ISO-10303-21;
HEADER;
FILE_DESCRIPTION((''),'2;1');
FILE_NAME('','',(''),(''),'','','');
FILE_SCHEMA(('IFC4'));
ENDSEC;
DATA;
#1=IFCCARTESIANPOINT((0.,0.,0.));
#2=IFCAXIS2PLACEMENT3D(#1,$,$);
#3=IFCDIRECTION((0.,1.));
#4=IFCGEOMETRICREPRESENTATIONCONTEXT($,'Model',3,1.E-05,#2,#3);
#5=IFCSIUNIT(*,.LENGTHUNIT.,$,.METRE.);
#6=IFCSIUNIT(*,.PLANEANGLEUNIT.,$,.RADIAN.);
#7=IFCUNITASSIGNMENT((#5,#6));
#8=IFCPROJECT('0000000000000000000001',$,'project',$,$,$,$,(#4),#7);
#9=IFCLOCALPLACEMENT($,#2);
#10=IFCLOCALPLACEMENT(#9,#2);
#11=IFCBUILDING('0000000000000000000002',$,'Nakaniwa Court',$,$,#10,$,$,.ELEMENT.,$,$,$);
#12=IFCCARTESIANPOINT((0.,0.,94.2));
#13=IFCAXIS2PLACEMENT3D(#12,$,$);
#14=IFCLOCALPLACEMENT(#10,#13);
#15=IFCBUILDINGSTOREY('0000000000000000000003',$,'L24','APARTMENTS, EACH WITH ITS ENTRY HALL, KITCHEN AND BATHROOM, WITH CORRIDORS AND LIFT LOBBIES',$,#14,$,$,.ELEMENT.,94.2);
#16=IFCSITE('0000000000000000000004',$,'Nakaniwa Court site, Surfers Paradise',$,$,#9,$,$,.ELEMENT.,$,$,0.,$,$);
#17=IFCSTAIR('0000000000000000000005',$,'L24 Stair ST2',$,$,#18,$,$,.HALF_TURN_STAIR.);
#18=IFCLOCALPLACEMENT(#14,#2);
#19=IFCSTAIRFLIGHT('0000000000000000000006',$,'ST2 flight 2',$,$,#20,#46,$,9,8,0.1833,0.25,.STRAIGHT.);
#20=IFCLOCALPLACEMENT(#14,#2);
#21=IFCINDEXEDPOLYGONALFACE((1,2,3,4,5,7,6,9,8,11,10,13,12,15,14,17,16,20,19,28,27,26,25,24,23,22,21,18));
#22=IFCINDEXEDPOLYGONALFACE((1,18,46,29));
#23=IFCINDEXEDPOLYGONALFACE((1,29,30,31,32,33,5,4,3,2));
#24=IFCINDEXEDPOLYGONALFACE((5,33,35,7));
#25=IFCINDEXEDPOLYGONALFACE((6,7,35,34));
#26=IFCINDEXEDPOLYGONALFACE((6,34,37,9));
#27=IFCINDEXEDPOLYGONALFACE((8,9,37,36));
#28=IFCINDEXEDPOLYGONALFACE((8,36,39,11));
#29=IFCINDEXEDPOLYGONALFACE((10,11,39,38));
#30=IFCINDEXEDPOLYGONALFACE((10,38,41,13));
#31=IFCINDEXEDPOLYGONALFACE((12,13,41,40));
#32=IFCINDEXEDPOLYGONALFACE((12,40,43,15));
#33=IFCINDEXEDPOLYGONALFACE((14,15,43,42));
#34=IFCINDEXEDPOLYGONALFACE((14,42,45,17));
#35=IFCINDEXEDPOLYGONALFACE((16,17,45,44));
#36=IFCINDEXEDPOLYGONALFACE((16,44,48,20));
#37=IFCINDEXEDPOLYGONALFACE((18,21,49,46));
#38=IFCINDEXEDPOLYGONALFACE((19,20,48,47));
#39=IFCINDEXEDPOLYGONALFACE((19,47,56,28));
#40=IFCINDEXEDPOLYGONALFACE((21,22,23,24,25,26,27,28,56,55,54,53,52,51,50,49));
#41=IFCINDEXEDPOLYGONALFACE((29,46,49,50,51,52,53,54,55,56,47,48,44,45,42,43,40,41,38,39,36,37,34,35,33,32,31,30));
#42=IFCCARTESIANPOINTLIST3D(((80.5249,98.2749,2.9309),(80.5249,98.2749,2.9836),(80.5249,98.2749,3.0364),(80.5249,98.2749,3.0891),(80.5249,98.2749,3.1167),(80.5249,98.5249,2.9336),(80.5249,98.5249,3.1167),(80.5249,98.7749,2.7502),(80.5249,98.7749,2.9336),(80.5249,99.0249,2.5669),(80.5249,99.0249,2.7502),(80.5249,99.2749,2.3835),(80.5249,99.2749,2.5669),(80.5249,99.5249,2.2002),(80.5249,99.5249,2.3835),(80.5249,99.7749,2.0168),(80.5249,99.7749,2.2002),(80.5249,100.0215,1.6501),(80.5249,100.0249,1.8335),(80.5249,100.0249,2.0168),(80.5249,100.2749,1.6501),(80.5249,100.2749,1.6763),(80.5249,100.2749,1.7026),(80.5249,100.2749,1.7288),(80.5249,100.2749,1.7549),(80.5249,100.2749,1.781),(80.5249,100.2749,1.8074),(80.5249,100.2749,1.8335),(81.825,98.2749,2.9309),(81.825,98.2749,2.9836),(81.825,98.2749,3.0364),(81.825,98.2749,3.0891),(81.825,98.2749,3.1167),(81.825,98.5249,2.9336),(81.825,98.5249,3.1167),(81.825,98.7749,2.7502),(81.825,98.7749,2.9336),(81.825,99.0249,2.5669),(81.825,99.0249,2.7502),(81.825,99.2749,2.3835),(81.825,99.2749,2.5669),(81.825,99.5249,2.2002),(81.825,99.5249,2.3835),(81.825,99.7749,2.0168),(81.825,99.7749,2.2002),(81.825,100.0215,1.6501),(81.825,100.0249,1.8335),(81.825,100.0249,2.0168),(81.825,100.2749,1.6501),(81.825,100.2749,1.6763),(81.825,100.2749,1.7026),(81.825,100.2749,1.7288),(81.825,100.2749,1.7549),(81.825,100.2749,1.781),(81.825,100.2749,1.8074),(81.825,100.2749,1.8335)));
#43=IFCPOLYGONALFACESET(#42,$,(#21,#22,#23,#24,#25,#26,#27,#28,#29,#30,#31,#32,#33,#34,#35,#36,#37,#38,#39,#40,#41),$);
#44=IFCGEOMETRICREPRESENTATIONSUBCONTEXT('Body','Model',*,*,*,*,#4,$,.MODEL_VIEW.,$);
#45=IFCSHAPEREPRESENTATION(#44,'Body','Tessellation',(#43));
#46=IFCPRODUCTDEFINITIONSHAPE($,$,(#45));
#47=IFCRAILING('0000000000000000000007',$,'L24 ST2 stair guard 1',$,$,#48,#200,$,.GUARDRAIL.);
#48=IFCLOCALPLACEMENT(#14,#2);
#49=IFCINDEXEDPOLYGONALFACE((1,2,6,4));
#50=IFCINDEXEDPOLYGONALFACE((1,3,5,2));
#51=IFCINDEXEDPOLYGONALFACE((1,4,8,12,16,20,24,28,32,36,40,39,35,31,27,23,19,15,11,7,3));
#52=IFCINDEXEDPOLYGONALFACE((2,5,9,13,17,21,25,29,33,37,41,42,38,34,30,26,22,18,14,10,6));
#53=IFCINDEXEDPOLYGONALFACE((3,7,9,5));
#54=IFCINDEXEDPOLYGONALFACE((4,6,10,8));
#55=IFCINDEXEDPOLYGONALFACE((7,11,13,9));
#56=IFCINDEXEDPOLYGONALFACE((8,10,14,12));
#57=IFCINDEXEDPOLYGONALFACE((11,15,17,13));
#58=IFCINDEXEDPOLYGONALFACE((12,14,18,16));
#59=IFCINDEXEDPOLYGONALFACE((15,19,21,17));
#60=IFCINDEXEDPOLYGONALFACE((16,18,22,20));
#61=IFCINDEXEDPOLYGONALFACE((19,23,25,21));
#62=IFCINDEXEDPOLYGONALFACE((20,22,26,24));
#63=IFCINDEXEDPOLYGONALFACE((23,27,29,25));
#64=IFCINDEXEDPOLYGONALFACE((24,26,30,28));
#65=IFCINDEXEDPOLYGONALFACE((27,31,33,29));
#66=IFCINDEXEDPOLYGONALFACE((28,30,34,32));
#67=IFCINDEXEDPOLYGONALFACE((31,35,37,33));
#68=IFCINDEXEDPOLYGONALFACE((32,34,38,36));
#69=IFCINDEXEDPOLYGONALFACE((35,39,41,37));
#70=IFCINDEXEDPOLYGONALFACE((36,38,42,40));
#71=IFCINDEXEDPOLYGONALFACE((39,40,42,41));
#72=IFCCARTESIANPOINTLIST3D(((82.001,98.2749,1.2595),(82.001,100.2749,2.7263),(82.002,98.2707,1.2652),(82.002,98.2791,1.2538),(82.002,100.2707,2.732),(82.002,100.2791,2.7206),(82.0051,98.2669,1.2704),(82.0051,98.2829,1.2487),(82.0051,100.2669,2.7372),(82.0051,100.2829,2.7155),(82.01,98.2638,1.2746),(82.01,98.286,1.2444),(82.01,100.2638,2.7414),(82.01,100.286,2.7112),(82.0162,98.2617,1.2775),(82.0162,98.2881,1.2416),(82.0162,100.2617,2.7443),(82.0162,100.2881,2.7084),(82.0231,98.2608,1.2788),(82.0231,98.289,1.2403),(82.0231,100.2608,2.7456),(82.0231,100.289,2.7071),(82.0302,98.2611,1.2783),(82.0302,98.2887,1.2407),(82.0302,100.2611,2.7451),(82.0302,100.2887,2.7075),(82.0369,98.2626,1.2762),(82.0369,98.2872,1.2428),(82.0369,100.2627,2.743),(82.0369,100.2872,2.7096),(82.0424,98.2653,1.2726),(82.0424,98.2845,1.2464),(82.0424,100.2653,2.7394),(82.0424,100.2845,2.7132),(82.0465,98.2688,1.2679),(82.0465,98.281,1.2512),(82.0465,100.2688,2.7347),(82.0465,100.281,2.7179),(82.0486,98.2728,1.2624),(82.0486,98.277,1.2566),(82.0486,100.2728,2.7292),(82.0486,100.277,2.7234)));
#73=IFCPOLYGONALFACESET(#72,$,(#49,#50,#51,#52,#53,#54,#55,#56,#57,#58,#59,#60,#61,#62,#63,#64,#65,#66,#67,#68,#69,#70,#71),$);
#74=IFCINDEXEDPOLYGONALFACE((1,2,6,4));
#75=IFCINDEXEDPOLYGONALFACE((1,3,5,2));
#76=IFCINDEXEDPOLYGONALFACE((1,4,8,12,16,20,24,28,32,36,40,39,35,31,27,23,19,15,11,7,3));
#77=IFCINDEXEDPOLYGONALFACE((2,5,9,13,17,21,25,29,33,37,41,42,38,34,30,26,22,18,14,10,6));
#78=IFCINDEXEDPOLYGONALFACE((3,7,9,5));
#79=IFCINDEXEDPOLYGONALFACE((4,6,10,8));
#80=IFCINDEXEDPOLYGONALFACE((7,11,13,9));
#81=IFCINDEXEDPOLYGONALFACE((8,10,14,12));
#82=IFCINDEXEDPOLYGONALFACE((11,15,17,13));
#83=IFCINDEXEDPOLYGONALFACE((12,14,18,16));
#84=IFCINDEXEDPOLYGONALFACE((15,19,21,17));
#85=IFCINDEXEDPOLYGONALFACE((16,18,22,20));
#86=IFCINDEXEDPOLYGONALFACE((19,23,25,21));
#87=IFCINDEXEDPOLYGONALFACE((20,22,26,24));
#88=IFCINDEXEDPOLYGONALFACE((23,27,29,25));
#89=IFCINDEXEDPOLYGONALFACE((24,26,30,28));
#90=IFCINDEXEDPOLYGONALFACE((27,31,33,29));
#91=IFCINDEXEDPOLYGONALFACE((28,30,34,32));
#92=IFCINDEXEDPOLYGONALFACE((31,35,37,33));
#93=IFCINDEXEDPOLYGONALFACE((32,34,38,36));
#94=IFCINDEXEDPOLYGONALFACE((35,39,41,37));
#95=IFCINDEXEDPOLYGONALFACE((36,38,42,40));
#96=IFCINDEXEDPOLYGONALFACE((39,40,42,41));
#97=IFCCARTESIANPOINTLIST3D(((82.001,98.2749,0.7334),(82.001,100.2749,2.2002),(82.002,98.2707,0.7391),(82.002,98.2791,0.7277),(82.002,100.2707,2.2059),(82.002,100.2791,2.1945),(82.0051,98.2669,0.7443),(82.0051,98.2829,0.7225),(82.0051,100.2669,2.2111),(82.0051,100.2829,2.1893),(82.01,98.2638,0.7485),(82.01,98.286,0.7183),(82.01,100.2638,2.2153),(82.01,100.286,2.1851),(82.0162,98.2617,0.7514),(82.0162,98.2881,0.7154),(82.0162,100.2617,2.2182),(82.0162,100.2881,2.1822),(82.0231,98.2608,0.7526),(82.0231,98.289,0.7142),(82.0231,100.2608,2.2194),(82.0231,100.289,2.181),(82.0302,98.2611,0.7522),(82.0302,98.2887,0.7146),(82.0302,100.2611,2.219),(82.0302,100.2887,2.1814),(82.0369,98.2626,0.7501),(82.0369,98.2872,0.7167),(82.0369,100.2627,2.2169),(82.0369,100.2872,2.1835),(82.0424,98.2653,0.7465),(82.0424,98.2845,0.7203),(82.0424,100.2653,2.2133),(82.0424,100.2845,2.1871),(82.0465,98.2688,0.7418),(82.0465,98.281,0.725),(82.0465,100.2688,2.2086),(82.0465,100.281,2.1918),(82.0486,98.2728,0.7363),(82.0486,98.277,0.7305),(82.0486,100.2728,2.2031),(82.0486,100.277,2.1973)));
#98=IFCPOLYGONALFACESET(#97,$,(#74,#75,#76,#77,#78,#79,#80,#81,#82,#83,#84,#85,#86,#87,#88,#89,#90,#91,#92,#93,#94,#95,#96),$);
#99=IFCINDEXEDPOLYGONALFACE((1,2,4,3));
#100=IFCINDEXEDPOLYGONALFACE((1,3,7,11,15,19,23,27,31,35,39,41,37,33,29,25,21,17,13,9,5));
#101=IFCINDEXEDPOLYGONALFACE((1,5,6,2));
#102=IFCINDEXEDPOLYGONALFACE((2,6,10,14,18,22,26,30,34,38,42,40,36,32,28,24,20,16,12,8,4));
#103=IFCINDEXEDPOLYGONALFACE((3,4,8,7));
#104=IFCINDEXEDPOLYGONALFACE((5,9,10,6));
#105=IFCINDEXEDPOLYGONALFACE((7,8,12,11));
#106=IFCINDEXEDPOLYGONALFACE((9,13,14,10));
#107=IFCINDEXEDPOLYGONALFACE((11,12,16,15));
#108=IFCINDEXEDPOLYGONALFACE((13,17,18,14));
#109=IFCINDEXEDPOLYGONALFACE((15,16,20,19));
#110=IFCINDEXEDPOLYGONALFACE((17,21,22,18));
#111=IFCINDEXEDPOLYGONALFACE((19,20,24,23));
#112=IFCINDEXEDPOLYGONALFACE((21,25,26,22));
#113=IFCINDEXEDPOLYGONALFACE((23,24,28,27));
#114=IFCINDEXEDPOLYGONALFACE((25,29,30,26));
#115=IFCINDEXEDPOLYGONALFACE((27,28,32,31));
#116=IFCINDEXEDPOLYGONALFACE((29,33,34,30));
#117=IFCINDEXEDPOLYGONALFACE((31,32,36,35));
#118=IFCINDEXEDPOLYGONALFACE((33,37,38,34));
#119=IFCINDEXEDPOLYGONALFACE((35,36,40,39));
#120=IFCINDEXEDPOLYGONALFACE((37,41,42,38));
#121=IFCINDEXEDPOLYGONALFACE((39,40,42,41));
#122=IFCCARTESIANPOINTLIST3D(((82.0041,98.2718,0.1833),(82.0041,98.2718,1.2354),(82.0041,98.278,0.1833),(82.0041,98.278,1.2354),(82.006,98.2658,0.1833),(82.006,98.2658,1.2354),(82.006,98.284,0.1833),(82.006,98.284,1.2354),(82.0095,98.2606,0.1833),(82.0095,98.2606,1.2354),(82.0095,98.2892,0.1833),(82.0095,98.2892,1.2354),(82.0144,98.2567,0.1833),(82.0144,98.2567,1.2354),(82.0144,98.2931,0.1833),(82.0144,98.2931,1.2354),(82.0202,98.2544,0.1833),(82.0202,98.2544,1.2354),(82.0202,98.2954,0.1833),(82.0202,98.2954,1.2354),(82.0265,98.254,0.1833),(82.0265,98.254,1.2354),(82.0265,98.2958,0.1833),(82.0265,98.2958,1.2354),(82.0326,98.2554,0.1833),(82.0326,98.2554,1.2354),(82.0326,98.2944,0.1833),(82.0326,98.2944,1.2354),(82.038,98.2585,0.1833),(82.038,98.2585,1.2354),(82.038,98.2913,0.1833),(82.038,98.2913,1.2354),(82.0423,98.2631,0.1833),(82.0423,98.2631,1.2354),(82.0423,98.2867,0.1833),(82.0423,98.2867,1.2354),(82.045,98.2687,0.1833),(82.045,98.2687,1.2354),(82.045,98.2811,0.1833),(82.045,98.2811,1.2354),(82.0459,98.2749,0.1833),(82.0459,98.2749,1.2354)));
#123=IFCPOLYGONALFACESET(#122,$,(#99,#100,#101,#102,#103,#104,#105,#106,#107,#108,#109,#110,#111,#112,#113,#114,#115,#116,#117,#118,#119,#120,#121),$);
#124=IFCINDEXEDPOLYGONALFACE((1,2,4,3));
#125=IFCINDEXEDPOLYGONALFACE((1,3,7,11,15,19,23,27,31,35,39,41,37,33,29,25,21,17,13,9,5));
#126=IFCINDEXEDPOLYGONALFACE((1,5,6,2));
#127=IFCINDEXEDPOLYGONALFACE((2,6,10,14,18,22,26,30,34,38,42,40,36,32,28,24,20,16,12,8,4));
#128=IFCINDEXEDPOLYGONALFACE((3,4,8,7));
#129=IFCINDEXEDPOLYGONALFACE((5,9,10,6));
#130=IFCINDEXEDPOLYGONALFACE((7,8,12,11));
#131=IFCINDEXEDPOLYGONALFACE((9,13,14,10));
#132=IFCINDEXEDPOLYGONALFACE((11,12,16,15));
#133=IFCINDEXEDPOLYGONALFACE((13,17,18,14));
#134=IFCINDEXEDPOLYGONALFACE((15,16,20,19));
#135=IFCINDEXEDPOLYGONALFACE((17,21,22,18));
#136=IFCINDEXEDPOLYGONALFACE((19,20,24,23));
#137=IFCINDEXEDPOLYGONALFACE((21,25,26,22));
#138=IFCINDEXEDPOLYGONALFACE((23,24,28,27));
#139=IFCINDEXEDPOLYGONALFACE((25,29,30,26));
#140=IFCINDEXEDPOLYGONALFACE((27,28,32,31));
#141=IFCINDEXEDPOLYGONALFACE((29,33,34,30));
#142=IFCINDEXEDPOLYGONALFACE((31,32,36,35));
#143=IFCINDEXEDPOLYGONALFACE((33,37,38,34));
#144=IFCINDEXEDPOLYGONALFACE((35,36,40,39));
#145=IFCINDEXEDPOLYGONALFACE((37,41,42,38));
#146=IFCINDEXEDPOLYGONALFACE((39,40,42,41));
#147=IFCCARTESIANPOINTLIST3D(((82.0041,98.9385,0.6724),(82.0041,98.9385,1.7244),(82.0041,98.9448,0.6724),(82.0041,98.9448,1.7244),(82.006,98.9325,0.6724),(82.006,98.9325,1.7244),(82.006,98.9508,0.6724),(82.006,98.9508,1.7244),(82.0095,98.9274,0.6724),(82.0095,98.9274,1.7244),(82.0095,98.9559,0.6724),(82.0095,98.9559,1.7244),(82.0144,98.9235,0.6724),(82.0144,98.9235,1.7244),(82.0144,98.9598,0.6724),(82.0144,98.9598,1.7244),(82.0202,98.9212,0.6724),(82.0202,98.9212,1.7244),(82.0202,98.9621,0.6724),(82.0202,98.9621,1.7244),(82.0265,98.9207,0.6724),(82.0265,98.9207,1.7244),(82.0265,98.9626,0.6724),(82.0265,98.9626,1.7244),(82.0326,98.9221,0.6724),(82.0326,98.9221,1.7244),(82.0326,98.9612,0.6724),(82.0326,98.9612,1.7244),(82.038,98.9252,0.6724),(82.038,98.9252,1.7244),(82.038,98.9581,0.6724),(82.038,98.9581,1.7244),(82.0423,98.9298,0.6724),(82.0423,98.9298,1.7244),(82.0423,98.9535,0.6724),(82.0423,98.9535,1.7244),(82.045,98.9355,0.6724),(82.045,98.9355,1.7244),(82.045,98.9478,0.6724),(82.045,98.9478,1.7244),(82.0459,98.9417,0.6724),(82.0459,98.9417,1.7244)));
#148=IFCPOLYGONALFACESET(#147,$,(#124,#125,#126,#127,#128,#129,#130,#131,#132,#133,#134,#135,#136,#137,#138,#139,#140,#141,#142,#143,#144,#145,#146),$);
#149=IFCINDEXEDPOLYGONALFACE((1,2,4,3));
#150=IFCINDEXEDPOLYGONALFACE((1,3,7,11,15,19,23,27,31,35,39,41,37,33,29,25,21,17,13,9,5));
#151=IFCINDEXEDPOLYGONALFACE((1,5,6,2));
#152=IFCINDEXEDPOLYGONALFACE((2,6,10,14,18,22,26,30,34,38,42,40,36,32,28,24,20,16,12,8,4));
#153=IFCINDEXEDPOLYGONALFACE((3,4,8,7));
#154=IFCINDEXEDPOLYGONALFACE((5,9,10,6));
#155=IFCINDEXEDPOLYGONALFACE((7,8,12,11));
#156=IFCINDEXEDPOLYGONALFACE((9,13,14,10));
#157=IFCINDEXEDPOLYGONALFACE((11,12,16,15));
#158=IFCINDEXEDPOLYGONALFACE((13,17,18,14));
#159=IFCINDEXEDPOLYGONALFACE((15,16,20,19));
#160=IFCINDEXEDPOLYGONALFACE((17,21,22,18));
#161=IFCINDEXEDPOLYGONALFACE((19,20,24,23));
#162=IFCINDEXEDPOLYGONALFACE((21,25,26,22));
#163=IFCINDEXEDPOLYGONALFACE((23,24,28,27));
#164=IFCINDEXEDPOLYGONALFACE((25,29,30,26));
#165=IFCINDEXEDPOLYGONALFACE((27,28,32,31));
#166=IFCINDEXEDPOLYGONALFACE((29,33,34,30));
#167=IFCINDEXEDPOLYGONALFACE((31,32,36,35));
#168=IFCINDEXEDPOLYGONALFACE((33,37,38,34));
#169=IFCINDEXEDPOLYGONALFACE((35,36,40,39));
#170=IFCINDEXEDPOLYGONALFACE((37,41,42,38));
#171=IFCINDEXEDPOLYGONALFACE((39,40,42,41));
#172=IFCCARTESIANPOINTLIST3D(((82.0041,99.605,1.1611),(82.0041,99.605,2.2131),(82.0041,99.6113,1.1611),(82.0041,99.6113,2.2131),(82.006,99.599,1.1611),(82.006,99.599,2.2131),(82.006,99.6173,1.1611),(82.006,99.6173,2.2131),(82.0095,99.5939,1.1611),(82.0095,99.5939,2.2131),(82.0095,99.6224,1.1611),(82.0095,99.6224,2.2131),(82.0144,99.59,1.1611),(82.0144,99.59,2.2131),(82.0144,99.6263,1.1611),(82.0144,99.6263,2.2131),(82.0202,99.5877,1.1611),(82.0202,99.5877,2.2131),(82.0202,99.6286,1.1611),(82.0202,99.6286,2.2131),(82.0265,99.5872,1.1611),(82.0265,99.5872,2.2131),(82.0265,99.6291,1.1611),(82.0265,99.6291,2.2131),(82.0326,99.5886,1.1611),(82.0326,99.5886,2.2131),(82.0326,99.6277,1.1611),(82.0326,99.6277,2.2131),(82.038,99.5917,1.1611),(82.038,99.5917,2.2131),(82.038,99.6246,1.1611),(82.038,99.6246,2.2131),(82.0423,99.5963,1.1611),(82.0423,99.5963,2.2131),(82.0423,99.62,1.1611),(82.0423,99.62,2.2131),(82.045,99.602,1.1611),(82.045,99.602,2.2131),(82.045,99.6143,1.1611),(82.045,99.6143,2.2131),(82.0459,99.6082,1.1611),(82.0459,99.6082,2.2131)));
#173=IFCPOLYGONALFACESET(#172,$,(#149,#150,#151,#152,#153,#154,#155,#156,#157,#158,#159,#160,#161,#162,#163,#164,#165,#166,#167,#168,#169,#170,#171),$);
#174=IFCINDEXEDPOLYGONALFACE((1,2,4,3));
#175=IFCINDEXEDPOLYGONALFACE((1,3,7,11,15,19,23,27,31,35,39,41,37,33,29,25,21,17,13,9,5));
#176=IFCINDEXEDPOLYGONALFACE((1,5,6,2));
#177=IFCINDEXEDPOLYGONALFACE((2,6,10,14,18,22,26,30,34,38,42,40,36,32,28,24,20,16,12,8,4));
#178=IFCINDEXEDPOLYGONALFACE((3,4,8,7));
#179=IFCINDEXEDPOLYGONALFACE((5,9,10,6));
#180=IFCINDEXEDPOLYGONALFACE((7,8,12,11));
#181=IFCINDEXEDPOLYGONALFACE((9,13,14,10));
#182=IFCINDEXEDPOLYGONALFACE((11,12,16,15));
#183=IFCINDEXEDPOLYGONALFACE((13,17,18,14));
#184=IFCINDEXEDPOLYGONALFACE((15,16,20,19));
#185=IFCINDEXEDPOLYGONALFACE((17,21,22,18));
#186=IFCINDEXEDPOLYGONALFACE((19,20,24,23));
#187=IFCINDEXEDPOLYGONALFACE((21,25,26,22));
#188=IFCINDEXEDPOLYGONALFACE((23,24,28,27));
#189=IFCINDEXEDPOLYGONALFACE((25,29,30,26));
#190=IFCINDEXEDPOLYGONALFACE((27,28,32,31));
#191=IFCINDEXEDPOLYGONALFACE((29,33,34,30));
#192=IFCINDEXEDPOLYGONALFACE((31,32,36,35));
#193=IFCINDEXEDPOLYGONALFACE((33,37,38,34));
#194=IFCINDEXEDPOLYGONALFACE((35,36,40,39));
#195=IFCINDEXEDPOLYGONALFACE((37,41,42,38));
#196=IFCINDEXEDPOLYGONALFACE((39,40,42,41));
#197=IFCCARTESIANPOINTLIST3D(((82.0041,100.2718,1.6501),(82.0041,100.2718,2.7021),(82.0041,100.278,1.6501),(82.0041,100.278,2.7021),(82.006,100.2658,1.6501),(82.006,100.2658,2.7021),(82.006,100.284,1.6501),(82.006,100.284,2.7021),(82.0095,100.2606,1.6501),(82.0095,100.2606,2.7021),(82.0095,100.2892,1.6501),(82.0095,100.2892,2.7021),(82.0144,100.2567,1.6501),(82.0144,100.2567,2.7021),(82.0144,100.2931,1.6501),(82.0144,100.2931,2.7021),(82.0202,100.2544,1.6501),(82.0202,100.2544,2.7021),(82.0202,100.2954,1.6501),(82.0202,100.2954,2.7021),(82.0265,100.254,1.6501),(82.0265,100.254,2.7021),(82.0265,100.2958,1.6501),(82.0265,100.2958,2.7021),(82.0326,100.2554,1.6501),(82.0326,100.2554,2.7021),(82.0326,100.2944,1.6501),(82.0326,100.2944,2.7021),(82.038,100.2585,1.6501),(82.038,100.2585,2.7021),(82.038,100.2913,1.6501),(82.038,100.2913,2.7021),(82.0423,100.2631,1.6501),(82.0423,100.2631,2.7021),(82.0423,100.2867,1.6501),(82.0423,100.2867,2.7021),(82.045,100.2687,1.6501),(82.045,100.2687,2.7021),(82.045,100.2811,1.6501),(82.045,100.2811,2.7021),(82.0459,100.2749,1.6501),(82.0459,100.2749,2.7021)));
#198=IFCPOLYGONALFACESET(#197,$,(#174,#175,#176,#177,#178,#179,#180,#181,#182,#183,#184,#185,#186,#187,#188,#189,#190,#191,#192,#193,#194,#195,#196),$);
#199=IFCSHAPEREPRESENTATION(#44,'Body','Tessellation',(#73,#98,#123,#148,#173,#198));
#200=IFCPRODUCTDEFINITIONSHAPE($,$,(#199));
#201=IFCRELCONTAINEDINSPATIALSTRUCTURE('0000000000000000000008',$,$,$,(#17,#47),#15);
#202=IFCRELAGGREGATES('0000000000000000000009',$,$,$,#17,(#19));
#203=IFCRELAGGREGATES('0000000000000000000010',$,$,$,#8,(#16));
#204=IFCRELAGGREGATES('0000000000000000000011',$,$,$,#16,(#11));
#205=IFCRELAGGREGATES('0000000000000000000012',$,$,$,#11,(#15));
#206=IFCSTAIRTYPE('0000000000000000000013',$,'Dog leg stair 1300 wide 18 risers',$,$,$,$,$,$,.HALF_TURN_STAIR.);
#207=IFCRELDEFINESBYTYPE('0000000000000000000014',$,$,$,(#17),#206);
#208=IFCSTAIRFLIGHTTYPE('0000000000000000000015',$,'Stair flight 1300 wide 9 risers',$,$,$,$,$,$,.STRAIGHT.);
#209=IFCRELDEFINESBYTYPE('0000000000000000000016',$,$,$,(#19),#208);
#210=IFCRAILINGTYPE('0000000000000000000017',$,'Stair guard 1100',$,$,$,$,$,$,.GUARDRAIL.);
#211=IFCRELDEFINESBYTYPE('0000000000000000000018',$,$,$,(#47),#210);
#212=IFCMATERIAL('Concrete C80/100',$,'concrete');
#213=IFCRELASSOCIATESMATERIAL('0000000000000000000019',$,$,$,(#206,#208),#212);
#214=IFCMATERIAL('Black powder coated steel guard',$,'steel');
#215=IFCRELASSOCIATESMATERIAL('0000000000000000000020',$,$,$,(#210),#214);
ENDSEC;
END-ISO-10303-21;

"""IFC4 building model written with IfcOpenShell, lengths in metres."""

from ifc_helpers import new_model, si_unit, direction, frame, origin, origin_2d, place, context, subcontext, project, spatial, polyline, circle, outline, extrude, material, type_object, element, aggregate, save


model = new_model("IFC4")

# Units and contexts
model_context = context("Model", 3, precision=1e-05, world=origin(), true_north=direction((0.0, 1.0)))
body_context = subcontext(model_context, "Body", "Model", "MODEL_VIEW")
ifc_project = project(units=[si_unit("LENGTHUNIT", "METRE"), si_unit("PLANEANGLEUNIT", "RADIAN")], contexts=[model_context])

# Site, building, storey
site_placement = place(None, origin())
site = spatial("IfcSite", under=ifc_project, at=site_placement, Name="Nakaniwa Court site, Surfers Paradise", CompositionType="ELEMENT", RefElevation=0.0)
building_placement = place(site_placement, origin())
building = spatial("IfcBuilding", under=site, at=building_placement, Name="Nakaniwa Court", CompositionType="ELEMENT")
storey_placement = place(building_placement, frame((0.0, 0.0, 94.2)))
storey = spatial("IfcBuildingStorey", under=building, at=storey_placement, Name="L24", Description="APARTMENTS, EACH WITH ITS ENTRY HALL, KITCHEN AND BATHROOM, WITH CORRIDORS AND LIFT LOBBIES", CompositionType="ELEMENT", Elevation=94.2)

# Shared definitions
ifc_material_1 = material(Name="Concrete C80/100", Category="concrete")

# Stair, stair flight
stair_type = type_object("IfcStairType", Name="Dog leg stair 1300 wide 18 risers", PredefinedType="HALF_TURN_STAIR", material=ifc_material_1)
stair_placement = place(storey_placement, origin())
stair = element("IfcStair", 1, at=stair_placement, inside=storey, type_object=stair_type, Name="L24 Stair ST2", PredefinedType="HALF_TURN_STAIR")
stair_flight_type = type_object("IfcStairFlightType", Name="Stair flight 1300 wide 9 risers", PredefinedType="STRAIGHT", material=ifc_material_1)
stair_flight_1_placement = place(storey_placement, frame((81.175, 100.2749, 1.6501), z_axis=(0.0, 0.0, 1.0), x_axis=(0.0, -1.0, 0.0)))
stair_flight_1 = element("IfcStairFlight", 2, at=stair_flight_1_placement, type_object=stair_flight_type, Name="ST2 flight 2", NumberOfRisers=9, NumberOfTreads=8, PredefinedType="STRAIGHT", RiserHeight=0.1833, TreadLength=0.25, context=body_context, shape_type="SweptSolid", body=[
    extrude(outline(polyline([(0.0, 0.0), (0.0, 0.0261), (0.0, 0.0525), (0.0, 0.0786), (0.0, 0.1047), (0.0, 0.1309), (0.0, 0.1572), (0.0, 0.1833), (0.25, 0.1833), (0.25, 0.3667), (0.5, 0.3667), (0.5, 0.55), (0.75, 0.55), (0.75, 0.7334), (1.0, 0.7334), (1.0, 0.9167), (1.25, 0.9167), (1.25, 1.1001), (1.5, 1.1001), (1.5, 1.2834), (1.75, 1.2834), (1.75, 1.4666), (2.0, 1.4666), (2.0, 1.6499), (2.0, 1.5972), (2.0, 1.5444), (2.0, 1.4917), (2.0, 1.439), (2.0, 1.3862), (2.0, 1.3335), (2.0, 1.2808), (0.2534, 0.0), (0.0, 0.0)])), frame((0.0, 0.6499, 0.0), z_axis=(0.0, -1.0, 0.0), x_axis=(1.0, 0.0, 0.0)), (0.0, 0.0, 1.0), 1.3),
])
aggregate(stair, [stair_flight_1])

# Railing
ifc_material_2 = material(Name="Black powder coated steel guard", Category="steel")
railing_type_1 = type_object("IfcRailingType", Name="Stair guard 1100", PredefinedType="GUARDRAIL", material=ifc_material_2)
railing_1_placement = place(storey_placement, frame((82.0249, 98.2749, 0.1833)))
element("IfcRailing", 3, at=railing_1_placement, inside=storey, type_object=railing_type_1, Name="L24 ST2 stair guard 1", PredefinedType="GUARDRAIL", context=body_context, shape_type="SweptSolid", body=[
    extrude(circle(Radius=0.0239, at=origin_2d()), frame((0.0, 0.0, 1.0762), z_axis=(0.0, 0.80638, 0.591398), x_axis=(-1.0, 0.0, 0.0)), (0.0, 0.0, 1.0), 2.4802),
    extrude(circle(Radius=0.0239, at=origin_2d()), frame((0.0, 0.0, 0.55), z_axis=(0.0, 0.80638, 0.591398), x_axis=(-1.0, 0.0, 0.0)), (0.0, 0.0, 1.0), 2.4802),
    extrude(circle(Radius=0.021, at=origin_2d()), origin(), (0.0, 0.0, 1.0), 1.052),
    extrude(circle(Radius=0.021, at=origin_2d()), frame((0.0, 0.6667, 0.489)), (0.0, 0.0, 1.0), 1.052),
    extrude(circle(Radius=0.021, at=origin_2d()), frame((0.0, 1.3333, 0.9778)), (0.0, 0.0, 1.0), 1.052),
    extrude(circle(Radius=0.021, at=origin_2d()), frame((0.0, 2.0, 1.4668)), (0.0, 0.0, 1.0), 1.052),
])

save(model, "model.ifc")
